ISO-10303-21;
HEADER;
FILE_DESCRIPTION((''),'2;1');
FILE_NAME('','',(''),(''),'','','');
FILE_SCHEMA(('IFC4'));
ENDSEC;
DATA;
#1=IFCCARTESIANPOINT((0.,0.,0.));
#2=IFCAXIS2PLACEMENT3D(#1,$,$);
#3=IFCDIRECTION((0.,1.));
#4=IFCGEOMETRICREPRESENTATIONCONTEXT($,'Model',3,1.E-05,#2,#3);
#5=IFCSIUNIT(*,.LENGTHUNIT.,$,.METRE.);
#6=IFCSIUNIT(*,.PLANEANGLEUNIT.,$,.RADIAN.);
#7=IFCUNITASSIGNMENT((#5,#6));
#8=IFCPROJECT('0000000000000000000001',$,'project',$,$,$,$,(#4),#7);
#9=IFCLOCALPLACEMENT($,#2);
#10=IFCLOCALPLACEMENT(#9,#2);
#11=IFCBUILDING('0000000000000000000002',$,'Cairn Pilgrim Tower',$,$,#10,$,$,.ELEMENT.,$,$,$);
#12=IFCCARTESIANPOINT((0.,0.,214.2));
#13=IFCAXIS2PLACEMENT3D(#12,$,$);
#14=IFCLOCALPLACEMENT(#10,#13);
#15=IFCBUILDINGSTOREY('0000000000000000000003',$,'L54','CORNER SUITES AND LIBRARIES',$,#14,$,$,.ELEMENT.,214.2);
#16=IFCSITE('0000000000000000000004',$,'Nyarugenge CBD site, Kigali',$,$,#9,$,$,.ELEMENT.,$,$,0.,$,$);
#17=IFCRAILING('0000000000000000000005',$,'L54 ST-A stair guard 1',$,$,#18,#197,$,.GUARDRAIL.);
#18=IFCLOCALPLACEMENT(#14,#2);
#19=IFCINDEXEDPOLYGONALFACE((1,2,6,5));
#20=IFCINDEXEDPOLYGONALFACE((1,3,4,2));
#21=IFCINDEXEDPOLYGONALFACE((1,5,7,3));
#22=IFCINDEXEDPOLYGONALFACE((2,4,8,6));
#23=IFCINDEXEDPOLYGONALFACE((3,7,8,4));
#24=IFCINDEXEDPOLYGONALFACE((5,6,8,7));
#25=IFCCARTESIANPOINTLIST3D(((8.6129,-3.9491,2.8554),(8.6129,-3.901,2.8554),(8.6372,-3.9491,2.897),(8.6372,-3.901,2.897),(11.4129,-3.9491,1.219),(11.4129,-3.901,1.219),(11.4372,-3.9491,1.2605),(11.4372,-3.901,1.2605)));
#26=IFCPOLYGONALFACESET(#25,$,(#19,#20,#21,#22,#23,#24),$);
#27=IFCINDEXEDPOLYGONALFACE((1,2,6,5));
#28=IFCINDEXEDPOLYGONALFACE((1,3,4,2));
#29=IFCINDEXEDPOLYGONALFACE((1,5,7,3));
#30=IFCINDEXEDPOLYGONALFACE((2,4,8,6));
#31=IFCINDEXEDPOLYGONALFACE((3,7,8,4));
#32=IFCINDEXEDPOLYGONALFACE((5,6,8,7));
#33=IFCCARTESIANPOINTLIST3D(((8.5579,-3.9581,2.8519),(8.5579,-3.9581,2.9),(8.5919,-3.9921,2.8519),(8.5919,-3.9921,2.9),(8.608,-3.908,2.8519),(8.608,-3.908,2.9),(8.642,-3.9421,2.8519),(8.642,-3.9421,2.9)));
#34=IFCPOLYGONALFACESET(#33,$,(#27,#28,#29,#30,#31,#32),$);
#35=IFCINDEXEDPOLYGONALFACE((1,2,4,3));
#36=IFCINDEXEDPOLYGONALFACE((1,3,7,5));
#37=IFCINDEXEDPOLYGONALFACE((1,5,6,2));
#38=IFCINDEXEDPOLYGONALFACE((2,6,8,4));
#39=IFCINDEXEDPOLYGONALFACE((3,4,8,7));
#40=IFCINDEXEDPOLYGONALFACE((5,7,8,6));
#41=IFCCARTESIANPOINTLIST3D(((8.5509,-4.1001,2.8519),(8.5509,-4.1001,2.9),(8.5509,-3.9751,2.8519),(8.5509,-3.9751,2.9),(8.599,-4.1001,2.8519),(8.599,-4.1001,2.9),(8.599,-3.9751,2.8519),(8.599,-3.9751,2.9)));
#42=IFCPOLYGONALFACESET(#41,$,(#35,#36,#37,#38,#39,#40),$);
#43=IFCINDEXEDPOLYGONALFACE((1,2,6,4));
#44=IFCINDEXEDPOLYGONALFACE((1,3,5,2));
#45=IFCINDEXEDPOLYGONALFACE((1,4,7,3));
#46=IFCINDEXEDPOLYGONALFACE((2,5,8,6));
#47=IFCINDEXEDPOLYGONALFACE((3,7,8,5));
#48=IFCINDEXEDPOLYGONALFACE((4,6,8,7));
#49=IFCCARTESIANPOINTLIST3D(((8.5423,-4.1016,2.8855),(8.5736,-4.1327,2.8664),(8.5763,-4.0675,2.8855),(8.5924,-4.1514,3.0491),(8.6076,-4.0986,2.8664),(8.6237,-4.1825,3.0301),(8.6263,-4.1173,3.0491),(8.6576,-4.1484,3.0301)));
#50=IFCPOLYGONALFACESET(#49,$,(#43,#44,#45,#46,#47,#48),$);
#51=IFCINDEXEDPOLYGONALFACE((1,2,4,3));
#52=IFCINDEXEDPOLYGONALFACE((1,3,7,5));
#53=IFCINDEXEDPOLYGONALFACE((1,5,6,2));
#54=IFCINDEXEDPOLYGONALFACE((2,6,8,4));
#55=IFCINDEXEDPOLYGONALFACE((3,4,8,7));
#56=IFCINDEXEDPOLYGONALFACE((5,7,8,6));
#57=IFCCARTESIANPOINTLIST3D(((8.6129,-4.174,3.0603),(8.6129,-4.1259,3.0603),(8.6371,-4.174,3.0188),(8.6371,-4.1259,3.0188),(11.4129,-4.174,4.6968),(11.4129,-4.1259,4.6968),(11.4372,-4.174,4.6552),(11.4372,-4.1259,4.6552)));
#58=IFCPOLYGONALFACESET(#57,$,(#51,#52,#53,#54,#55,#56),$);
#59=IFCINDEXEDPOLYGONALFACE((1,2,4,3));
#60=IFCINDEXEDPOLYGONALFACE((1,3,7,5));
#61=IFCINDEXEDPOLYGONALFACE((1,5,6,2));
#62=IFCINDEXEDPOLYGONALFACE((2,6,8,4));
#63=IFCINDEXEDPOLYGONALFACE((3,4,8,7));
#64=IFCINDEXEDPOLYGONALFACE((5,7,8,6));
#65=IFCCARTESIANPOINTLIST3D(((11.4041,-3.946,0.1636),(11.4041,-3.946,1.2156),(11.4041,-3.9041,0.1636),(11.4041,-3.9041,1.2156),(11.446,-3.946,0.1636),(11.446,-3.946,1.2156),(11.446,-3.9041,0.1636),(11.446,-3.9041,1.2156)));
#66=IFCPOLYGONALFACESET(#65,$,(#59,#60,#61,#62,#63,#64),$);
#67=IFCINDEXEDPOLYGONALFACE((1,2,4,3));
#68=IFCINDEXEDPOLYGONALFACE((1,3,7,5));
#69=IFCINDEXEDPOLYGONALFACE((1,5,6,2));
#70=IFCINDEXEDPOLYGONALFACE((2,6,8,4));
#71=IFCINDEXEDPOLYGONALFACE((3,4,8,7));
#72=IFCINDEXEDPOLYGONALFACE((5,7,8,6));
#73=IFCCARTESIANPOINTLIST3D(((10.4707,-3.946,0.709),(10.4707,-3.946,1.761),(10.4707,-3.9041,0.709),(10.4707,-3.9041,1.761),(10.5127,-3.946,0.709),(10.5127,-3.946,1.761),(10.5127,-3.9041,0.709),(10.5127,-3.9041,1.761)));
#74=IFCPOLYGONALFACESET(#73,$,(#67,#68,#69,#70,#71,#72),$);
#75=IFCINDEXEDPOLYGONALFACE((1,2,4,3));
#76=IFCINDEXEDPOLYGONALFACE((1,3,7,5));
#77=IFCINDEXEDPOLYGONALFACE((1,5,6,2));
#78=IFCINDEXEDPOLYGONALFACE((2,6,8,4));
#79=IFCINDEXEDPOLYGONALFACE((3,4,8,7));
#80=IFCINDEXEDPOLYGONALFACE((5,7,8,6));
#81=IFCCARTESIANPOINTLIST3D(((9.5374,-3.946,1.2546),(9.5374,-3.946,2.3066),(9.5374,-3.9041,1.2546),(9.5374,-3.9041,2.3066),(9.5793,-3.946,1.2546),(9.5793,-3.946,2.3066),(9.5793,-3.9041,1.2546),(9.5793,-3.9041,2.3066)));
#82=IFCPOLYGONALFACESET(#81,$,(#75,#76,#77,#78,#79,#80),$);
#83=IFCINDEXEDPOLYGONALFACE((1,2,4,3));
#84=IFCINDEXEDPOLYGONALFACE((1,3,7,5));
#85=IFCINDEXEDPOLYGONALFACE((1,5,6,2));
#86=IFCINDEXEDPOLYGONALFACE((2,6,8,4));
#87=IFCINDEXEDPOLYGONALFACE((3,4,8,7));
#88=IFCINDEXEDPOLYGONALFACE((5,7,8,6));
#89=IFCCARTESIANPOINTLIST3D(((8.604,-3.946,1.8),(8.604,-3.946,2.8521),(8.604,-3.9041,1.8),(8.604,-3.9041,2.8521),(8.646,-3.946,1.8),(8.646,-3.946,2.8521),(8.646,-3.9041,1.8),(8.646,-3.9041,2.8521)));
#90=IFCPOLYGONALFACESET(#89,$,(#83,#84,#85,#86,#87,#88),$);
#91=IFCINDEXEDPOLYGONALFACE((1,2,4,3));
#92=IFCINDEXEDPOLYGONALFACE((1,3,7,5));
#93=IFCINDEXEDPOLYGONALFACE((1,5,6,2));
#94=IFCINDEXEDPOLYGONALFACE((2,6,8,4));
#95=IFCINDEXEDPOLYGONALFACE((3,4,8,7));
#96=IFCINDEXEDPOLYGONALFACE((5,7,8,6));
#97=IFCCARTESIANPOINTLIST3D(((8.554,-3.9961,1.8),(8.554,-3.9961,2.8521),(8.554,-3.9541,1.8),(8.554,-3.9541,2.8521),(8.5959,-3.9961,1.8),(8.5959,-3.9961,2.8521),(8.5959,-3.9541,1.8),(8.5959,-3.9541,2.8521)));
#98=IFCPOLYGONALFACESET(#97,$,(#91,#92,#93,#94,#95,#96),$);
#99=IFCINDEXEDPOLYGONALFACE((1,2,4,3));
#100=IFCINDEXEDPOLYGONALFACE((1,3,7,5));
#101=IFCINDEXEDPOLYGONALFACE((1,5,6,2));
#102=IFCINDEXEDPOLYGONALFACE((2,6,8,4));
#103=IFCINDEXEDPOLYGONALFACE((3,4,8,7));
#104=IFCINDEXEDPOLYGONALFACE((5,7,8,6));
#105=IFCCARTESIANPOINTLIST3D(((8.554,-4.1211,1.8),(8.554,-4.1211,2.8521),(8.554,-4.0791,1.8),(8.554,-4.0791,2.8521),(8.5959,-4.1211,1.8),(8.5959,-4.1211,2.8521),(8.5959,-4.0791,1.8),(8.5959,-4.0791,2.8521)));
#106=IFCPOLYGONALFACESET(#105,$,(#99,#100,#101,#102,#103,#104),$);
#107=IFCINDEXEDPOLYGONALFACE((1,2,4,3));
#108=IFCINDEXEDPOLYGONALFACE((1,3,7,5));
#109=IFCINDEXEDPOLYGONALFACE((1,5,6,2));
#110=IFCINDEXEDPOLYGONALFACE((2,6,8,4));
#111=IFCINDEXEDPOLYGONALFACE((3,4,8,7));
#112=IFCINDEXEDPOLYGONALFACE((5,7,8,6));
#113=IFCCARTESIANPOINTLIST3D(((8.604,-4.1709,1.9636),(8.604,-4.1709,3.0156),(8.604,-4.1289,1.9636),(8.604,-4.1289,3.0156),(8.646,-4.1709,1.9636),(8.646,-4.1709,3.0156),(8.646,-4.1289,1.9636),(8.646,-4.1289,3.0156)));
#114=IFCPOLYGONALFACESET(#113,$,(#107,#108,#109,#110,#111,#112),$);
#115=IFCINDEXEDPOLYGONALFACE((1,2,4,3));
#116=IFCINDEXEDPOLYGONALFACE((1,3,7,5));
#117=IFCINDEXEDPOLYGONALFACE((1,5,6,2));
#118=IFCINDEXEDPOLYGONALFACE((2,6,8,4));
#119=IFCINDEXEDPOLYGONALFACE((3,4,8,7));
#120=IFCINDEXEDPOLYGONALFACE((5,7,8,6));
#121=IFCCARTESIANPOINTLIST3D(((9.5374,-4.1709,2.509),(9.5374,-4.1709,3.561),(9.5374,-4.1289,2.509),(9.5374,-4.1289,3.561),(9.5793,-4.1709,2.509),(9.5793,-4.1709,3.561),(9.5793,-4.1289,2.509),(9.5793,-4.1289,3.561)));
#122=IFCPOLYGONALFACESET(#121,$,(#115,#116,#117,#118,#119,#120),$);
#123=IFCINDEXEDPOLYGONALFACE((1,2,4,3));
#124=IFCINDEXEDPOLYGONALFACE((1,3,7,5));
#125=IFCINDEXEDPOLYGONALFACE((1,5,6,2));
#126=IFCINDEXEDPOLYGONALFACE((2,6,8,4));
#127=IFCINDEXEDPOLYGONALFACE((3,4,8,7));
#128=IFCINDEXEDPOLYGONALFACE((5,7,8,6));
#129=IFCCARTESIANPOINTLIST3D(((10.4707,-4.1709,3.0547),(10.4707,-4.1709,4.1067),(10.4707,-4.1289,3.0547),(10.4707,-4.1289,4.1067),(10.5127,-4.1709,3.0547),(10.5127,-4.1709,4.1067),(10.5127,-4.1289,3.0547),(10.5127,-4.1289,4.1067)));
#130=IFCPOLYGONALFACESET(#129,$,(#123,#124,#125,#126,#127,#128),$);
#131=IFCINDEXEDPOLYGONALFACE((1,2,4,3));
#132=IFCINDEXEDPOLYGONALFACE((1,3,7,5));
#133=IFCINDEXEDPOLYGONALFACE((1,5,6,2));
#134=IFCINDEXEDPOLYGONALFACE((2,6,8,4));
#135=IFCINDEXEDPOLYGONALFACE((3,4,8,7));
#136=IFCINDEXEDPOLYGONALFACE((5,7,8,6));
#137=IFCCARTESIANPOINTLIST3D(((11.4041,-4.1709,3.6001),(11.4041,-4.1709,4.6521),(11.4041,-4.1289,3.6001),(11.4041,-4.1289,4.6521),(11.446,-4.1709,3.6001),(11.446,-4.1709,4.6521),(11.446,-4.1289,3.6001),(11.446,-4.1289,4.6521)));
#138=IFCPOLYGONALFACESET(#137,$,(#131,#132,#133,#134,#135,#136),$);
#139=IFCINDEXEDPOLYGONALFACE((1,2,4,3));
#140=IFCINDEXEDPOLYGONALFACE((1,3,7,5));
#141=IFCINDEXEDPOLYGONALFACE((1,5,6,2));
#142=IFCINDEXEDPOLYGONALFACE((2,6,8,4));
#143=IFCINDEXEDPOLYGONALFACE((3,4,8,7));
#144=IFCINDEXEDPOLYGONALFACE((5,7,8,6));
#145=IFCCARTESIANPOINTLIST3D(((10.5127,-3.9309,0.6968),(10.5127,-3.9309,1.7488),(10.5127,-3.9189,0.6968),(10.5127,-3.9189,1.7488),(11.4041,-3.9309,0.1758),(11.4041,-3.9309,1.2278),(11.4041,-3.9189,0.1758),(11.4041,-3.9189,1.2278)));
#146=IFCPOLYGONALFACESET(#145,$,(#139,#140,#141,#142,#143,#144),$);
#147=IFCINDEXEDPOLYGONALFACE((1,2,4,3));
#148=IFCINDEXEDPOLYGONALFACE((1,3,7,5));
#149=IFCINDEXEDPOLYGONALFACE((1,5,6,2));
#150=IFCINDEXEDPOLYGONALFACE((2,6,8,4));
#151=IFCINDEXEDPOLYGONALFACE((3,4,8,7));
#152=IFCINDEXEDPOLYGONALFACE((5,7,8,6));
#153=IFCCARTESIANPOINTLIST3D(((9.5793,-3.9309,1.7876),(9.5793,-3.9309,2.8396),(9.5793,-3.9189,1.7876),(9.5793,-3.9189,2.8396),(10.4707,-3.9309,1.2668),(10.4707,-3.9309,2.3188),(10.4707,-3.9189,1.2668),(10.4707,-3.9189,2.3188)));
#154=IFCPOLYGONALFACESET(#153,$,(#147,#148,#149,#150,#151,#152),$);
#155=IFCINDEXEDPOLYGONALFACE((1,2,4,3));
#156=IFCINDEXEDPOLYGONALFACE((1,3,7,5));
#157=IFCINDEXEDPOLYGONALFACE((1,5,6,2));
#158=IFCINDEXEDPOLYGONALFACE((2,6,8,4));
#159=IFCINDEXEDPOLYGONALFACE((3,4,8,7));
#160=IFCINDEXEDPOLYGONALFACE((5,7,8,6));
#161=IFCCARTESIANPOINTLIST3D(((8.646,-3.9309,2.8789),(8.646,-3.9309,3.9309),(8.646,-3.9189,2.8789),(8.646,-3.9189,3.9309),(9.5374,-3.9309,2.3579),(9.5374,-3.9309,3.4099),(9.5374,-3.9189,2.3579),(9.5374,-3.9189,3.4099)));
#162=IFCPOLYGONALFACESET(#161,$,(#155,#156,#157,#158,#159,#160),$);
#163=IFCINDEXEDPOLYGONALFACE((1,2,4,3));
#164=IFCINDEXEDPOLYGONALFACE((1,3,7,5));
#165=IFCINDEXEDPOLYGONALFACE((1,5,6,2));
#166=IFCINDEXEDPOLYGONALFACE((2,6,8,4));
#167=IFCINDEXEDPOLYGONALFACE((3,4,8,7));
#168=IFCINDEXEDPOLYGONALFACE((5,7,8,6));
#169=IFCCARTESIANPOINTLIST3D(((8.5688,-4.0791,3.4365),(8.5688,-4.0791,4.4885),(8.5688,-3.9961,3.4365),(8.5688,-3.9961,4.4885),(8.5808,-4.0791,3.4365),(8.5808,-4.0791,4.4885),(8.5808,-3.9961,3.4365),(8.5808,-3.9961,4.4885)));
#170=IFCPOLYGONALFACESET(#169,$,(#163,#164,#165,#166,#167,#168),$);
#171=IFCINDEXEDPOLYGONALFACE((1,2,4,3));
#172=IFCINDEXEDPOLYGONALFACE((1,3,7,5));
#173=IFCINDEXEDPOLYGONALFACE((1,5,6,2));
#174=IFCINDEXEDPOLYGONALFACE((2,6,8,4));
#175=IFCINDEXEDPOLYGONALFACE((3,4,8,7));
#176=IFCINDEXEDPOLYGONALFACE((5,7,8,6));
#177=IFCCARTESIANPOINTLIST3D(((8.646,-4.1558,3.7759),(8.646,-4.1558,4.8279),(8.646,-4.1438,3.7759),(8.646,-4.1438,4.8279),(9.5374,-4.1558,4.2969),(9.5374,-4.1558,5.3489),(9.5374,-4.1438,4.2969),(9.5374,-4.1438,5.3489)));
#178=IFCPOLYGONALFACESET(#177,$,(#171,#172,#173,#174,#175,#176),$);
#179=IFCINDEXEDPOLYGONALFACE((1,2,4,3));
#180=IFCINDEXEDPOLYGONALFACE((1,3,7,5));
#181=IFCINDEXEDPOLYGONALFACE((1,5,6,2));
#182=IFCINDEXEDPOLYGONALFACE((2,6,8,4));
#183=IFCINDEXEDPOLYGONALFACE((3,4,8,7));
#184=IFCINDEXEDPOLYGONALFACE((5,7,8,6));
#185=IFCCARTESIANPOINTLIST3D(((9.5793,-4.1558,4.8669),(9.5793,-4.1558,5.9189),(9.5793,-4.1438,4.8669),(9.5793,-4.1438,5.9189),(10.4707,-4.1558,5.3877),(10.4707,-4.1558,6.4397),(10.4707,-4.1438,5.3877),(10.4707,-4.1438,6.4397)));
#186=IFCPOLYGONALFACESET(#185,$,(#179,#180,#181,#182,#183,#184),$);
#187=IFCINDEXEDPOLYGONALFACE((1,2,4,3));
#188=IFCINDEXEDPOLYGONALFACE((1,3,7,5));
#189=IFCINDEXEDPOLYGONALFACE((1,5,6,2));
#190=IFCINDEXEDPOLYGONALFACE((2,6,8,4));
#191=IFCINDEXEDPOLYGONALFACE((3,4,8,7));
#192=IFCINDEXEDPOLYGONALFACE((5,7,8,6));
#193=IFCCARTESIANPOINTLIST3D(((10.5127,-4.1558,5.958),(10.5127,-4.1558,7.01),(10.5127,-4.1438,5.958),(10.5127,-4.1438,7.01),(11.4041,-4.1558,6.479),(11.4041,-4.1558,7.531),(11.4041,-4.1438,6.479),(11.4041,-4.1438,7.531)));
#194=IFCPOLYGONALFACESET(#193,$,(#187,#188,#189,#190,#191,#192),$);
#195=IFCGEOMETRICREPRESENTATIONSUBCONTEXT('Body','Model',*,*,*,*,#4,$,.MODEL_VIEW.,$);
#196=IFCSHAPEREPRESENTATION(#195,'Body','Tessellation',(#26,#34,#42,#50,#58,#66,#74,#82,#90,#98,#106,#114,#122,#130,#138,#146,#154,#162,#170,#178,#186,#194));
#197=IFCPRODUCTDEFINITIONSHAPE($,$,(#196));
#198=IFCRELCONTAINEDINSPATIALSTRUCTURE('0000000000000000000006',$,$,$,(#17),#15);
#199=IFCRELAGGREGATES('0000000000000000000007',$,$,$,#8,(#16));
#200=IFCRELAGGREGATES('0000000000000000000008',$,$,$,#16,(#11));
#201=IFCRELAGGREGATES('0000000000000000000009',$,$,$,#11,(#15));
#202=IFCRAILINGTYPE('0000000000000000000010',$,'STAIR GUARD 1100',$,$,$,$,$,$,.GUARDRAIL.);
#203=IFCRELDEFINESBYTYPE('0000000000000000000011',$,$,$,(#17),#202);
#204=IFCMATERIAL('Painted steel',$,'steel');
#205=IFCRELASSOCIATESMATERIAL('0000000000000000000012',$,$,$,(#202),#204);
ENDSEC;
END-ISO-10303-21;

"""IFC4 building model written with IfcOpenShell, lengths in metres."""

from ifc_helpers import new_model, si_unit, direction, frame, origin, origin_2d, place, context, subcontext, project, spatial, polyline, rectangle, outline, extrude, material, type_object, element, save


model = new_model("IFC4")

# Units and contexts
model_context = context("Model", 3, precision=1e-05, world=origin(), true_north=direction((0.0, 1.0)))
body_context = subcontext(model_context, "Body", "Model", "MODEL_VIEW")
ifc_project = project(units=[si_unit("LENGTHUNIT", "METRE"), si_unit("PLANEANGLEUNIT", "RADIAN")], contexts=[model_context])

# Site, building, storey
site_placement = place(None, origin())
site = spatial("IfcSite", under=ifc_project, at=site_placement, Name="Nyarugenge CBD site, Kigali", CompositionType="ELEMENT", RefElevation=0.0)
building_placement = place(site_placement, origin())
building = spatial("IfcBuilding", under=site, at=building_placement, Name="Cairn Pilgrim Tower", CompositionType="ELEMENT")
storey_placement = place(building_placement, frame((0.0, 0.0, 214.2)))
storey = spatial("IfcBuildingStorey", under=building, at=storey_placement, Name="L54", Description="CORNER SUITES AND LIBRARIES", CompositionType="ELEMENT", Elevation=214.2)

# Shared definitions
ifc_material_1 = material(Name="Painted steel", Category="steel")

# Railing
railing_type_1 = type_object("IfcRailingType", Name="STAIR GUARD 1100", PredefinedType="GUARDRAIL", material=ifc_material_1)
railing_1_placement = place(storey_placement, frame((11.425, -3.925, 0.1636)))
element("IfcRailing", 1, at=railing_1_placement, inside=storey, type_object=railing_type_1, Name="L54 ST-A stair guard 1", PredefinedType="GUARDRAIL", context=body_context, shape_type="SweptSolid", body=[
    extrude(rectangle(XDim=0.0481, YDim=0.0481, at=origin_2d()), frame((0.0, 0.0, 1.0762), z_axis=(-0.863361, 0.0, 0.504587), x_axis=(0.0, -1.0, 0.0)), (0.0, 0.0, 1.0), 3.2432),
    extrude(rectangle(XDim=0.0481, YDim=0.0481, at=origin_2d()), frame((-2.8, 0.0, 2.7124), z_axis=(-0.707107, -0.707107, 0.0), x_axis=(0.707107, -0.707107, 0.0)), (0.0, 0.0, 1.0), 0.0708),
    extrude(rectangle(XDim=0.0481, YDim=0.0481, at=origin_2d()), frame((-2.8501, -0.05, 2.7124), z_axis=(0.0, -1.0, 0.0), x_axis=(1.0, 0.0, 0.0)), (0.0, 0.0, 1.0), 0.125),
    extrude(rectangle(XDim=0.0481, YDim=0.0481, at=origin_2d()), frame((-2.8501, -0.175, 2.7124), z_axis=(0.280917, -0.279546, 0.918118), x_axis=(0.705376, 0.708834, 0.0)), (0.0, 0.0, 1.0), 0.1782),
    extrude(rectangle(XDim=0.0481, YDim=0.0481, at=origin_2d()), frame((-2.8, -0.2249, 2.876), z_axis=(0.863361, 0.0, 0.504587), x_axis=(0.0, 1.0, 0.0)), (0.0, 0.0, 1.0), 3.2432),
    extrude(rectangle(XDim=0.042, YDim=0.042, at=origin_2d()), origin(), (0.0, 0.0, 1.0), 1.052),
    extrude(rectangle(XDim=0.042, YDim=0.042, at=origin_2d()), frame((-0.9333, 0.0, 0.5454)), (0.0, 0.0, 1.0), 1.052),
    extrude(rectangle(XDim=0.042, YDim=0.042, at=origin_2d()), frame((-1.8667, 0.0, 1.0911)), (0.0, 0.0, 1.0), 1.052),
    extrude(rectangle(XDim=0.042, YDim=0.042, at=origin_2d()), frame((-2.8, 0.0, 1.6365)), (0.0, 0.0, 1.0), 1.052),
    extrude(rectangle(XDim=0.042, YDim=0.042, at=origin_2d()), frame((-2.8501, -0.05, 1.6365)), (0.0, 0.0, 1.0), 1.052),
    extrude(rectangle(XDim=0.042, YDim=0.042, at=origin_2d()), frame((-2.8501, -0.175, 1.6365)), (0.0, 0.0, 1.0), 1.052),
    extrude(rectangle(XDim=0.042, YDim=0.042, at=origin_2d()), frame((-2.8, -0.2249, 1.8)), (0.0, 0.0, 1.0), 1.052),
    extrude(rectangle(XDim=0.042, YDim=0.042, at=origin_2d()), frame((-1.8667, -0.2249, 2.3455)), (0.0, 0.0, 1.0), 1.052),
    extrude(rectangle(XDim=0.042, YDim=0.042, at=origin_2d()), frame((-0.9333, -0.2249, 2.8911)), (0.0, 0.0, 1.0), 1.052),
    extrude(rectangle(XDim=0.042, YDim=0.042, at=origin_2d()), frame((0.0, -0.2249, 3.4365)), (0.0, 0.0, 1.0), 1.052),
    extrude(outline(polyline([(0.021, 0.0122), (0.9124, 0.5332), (0.9124, 1.5852), (0.021, 1.0642), (0.021, 0.0122)])), frame((0.0, -0.0059, 0.0), z_axis=(0.0, 1.0, 0.0), x_axis=(-1.0, 0.0, 0.0)), (0.0, 0.0, 1.0), 0.012),
    extrude(outline(polyline([(0.021, 0.5579), (0.9124, 1.0786), (0.9124, 2.1306), (0.021, 1.6099), (0.021, 0.5579)])), frame((-0.9333, -0.0059, 0.5454), z_axis=(0.0, 1.0, 0.0), x_axis=(-1.0, 0.0, 0.0)), (0.0, 0.0, 1.0), 0.012),
    extrude(outline(polyline([(0.021, 1.1033), (0.9124, 1.6243), (0.9124, 2.6763), (0.021, 2.1553), (0.021, 1.1033)])), frame((-1.8667, -0.0059, 1.0911), z_axis=(0.0, 1.0, 0.0), x_axis=(-1.0, 0.0, 0.0)), (0.0, 0.0, 1.0), 0.012),
    extrude(outline(polyline([(0.021, 1.6365), (0.104, 1.6365), (0.104, 2.6885), (0.021, 2.6885), (0.021, 1.6365)])), frame((-2.8442, -0.05, 1.6365), z_axis=(-1.0, 0.0, 0.0), x_axis=(0.0, -1.0, 0.0)), (0.0, 0.0, 1.0), 0.012),
    extrude(outline(polyline([(0.021, 1.8123), (0.9124, 2.3333), (0.9124, 3.3853), (0.021, 2.8643), (0.021, 1.8123)])), frame((-2.8, -0.2188, 1.8), z_axis=(0.0, -1.0, 0.0), x_axis=(1.0, 0.0, 0.0)), (0.0, 0.0, 1.0), 0.012),
    extrude(outline(polyline([(0.021, 2.3579), (0.9124, 2.8787), (0.9124, 3.9307), (0.021, 3.4099), (0.021, 2.3579)])), frame((-1.8667, -0.2188, 2.3455), z_axis=(0.0, -1.0, 0.0), x_axis=(1.0, 0.0, 0.0)), (0.0, 0.0, 1.0), 0.012),
    extrude(outline(polyline([(0.021, 2.9033), (0.9124, 3.4243), (0.9124, 4.4763), (0.021, 3.9553), (0.021, 2.9033)])), frame((-0.9333, -0.2188, 2.8911), z_axis=(0.0, -1.0, 0.0), x_axis=(1.0, 0.0, 0.0)), (0.0, 0.0, 1.0), 0.012),
])

save(model, "model.ifc")
